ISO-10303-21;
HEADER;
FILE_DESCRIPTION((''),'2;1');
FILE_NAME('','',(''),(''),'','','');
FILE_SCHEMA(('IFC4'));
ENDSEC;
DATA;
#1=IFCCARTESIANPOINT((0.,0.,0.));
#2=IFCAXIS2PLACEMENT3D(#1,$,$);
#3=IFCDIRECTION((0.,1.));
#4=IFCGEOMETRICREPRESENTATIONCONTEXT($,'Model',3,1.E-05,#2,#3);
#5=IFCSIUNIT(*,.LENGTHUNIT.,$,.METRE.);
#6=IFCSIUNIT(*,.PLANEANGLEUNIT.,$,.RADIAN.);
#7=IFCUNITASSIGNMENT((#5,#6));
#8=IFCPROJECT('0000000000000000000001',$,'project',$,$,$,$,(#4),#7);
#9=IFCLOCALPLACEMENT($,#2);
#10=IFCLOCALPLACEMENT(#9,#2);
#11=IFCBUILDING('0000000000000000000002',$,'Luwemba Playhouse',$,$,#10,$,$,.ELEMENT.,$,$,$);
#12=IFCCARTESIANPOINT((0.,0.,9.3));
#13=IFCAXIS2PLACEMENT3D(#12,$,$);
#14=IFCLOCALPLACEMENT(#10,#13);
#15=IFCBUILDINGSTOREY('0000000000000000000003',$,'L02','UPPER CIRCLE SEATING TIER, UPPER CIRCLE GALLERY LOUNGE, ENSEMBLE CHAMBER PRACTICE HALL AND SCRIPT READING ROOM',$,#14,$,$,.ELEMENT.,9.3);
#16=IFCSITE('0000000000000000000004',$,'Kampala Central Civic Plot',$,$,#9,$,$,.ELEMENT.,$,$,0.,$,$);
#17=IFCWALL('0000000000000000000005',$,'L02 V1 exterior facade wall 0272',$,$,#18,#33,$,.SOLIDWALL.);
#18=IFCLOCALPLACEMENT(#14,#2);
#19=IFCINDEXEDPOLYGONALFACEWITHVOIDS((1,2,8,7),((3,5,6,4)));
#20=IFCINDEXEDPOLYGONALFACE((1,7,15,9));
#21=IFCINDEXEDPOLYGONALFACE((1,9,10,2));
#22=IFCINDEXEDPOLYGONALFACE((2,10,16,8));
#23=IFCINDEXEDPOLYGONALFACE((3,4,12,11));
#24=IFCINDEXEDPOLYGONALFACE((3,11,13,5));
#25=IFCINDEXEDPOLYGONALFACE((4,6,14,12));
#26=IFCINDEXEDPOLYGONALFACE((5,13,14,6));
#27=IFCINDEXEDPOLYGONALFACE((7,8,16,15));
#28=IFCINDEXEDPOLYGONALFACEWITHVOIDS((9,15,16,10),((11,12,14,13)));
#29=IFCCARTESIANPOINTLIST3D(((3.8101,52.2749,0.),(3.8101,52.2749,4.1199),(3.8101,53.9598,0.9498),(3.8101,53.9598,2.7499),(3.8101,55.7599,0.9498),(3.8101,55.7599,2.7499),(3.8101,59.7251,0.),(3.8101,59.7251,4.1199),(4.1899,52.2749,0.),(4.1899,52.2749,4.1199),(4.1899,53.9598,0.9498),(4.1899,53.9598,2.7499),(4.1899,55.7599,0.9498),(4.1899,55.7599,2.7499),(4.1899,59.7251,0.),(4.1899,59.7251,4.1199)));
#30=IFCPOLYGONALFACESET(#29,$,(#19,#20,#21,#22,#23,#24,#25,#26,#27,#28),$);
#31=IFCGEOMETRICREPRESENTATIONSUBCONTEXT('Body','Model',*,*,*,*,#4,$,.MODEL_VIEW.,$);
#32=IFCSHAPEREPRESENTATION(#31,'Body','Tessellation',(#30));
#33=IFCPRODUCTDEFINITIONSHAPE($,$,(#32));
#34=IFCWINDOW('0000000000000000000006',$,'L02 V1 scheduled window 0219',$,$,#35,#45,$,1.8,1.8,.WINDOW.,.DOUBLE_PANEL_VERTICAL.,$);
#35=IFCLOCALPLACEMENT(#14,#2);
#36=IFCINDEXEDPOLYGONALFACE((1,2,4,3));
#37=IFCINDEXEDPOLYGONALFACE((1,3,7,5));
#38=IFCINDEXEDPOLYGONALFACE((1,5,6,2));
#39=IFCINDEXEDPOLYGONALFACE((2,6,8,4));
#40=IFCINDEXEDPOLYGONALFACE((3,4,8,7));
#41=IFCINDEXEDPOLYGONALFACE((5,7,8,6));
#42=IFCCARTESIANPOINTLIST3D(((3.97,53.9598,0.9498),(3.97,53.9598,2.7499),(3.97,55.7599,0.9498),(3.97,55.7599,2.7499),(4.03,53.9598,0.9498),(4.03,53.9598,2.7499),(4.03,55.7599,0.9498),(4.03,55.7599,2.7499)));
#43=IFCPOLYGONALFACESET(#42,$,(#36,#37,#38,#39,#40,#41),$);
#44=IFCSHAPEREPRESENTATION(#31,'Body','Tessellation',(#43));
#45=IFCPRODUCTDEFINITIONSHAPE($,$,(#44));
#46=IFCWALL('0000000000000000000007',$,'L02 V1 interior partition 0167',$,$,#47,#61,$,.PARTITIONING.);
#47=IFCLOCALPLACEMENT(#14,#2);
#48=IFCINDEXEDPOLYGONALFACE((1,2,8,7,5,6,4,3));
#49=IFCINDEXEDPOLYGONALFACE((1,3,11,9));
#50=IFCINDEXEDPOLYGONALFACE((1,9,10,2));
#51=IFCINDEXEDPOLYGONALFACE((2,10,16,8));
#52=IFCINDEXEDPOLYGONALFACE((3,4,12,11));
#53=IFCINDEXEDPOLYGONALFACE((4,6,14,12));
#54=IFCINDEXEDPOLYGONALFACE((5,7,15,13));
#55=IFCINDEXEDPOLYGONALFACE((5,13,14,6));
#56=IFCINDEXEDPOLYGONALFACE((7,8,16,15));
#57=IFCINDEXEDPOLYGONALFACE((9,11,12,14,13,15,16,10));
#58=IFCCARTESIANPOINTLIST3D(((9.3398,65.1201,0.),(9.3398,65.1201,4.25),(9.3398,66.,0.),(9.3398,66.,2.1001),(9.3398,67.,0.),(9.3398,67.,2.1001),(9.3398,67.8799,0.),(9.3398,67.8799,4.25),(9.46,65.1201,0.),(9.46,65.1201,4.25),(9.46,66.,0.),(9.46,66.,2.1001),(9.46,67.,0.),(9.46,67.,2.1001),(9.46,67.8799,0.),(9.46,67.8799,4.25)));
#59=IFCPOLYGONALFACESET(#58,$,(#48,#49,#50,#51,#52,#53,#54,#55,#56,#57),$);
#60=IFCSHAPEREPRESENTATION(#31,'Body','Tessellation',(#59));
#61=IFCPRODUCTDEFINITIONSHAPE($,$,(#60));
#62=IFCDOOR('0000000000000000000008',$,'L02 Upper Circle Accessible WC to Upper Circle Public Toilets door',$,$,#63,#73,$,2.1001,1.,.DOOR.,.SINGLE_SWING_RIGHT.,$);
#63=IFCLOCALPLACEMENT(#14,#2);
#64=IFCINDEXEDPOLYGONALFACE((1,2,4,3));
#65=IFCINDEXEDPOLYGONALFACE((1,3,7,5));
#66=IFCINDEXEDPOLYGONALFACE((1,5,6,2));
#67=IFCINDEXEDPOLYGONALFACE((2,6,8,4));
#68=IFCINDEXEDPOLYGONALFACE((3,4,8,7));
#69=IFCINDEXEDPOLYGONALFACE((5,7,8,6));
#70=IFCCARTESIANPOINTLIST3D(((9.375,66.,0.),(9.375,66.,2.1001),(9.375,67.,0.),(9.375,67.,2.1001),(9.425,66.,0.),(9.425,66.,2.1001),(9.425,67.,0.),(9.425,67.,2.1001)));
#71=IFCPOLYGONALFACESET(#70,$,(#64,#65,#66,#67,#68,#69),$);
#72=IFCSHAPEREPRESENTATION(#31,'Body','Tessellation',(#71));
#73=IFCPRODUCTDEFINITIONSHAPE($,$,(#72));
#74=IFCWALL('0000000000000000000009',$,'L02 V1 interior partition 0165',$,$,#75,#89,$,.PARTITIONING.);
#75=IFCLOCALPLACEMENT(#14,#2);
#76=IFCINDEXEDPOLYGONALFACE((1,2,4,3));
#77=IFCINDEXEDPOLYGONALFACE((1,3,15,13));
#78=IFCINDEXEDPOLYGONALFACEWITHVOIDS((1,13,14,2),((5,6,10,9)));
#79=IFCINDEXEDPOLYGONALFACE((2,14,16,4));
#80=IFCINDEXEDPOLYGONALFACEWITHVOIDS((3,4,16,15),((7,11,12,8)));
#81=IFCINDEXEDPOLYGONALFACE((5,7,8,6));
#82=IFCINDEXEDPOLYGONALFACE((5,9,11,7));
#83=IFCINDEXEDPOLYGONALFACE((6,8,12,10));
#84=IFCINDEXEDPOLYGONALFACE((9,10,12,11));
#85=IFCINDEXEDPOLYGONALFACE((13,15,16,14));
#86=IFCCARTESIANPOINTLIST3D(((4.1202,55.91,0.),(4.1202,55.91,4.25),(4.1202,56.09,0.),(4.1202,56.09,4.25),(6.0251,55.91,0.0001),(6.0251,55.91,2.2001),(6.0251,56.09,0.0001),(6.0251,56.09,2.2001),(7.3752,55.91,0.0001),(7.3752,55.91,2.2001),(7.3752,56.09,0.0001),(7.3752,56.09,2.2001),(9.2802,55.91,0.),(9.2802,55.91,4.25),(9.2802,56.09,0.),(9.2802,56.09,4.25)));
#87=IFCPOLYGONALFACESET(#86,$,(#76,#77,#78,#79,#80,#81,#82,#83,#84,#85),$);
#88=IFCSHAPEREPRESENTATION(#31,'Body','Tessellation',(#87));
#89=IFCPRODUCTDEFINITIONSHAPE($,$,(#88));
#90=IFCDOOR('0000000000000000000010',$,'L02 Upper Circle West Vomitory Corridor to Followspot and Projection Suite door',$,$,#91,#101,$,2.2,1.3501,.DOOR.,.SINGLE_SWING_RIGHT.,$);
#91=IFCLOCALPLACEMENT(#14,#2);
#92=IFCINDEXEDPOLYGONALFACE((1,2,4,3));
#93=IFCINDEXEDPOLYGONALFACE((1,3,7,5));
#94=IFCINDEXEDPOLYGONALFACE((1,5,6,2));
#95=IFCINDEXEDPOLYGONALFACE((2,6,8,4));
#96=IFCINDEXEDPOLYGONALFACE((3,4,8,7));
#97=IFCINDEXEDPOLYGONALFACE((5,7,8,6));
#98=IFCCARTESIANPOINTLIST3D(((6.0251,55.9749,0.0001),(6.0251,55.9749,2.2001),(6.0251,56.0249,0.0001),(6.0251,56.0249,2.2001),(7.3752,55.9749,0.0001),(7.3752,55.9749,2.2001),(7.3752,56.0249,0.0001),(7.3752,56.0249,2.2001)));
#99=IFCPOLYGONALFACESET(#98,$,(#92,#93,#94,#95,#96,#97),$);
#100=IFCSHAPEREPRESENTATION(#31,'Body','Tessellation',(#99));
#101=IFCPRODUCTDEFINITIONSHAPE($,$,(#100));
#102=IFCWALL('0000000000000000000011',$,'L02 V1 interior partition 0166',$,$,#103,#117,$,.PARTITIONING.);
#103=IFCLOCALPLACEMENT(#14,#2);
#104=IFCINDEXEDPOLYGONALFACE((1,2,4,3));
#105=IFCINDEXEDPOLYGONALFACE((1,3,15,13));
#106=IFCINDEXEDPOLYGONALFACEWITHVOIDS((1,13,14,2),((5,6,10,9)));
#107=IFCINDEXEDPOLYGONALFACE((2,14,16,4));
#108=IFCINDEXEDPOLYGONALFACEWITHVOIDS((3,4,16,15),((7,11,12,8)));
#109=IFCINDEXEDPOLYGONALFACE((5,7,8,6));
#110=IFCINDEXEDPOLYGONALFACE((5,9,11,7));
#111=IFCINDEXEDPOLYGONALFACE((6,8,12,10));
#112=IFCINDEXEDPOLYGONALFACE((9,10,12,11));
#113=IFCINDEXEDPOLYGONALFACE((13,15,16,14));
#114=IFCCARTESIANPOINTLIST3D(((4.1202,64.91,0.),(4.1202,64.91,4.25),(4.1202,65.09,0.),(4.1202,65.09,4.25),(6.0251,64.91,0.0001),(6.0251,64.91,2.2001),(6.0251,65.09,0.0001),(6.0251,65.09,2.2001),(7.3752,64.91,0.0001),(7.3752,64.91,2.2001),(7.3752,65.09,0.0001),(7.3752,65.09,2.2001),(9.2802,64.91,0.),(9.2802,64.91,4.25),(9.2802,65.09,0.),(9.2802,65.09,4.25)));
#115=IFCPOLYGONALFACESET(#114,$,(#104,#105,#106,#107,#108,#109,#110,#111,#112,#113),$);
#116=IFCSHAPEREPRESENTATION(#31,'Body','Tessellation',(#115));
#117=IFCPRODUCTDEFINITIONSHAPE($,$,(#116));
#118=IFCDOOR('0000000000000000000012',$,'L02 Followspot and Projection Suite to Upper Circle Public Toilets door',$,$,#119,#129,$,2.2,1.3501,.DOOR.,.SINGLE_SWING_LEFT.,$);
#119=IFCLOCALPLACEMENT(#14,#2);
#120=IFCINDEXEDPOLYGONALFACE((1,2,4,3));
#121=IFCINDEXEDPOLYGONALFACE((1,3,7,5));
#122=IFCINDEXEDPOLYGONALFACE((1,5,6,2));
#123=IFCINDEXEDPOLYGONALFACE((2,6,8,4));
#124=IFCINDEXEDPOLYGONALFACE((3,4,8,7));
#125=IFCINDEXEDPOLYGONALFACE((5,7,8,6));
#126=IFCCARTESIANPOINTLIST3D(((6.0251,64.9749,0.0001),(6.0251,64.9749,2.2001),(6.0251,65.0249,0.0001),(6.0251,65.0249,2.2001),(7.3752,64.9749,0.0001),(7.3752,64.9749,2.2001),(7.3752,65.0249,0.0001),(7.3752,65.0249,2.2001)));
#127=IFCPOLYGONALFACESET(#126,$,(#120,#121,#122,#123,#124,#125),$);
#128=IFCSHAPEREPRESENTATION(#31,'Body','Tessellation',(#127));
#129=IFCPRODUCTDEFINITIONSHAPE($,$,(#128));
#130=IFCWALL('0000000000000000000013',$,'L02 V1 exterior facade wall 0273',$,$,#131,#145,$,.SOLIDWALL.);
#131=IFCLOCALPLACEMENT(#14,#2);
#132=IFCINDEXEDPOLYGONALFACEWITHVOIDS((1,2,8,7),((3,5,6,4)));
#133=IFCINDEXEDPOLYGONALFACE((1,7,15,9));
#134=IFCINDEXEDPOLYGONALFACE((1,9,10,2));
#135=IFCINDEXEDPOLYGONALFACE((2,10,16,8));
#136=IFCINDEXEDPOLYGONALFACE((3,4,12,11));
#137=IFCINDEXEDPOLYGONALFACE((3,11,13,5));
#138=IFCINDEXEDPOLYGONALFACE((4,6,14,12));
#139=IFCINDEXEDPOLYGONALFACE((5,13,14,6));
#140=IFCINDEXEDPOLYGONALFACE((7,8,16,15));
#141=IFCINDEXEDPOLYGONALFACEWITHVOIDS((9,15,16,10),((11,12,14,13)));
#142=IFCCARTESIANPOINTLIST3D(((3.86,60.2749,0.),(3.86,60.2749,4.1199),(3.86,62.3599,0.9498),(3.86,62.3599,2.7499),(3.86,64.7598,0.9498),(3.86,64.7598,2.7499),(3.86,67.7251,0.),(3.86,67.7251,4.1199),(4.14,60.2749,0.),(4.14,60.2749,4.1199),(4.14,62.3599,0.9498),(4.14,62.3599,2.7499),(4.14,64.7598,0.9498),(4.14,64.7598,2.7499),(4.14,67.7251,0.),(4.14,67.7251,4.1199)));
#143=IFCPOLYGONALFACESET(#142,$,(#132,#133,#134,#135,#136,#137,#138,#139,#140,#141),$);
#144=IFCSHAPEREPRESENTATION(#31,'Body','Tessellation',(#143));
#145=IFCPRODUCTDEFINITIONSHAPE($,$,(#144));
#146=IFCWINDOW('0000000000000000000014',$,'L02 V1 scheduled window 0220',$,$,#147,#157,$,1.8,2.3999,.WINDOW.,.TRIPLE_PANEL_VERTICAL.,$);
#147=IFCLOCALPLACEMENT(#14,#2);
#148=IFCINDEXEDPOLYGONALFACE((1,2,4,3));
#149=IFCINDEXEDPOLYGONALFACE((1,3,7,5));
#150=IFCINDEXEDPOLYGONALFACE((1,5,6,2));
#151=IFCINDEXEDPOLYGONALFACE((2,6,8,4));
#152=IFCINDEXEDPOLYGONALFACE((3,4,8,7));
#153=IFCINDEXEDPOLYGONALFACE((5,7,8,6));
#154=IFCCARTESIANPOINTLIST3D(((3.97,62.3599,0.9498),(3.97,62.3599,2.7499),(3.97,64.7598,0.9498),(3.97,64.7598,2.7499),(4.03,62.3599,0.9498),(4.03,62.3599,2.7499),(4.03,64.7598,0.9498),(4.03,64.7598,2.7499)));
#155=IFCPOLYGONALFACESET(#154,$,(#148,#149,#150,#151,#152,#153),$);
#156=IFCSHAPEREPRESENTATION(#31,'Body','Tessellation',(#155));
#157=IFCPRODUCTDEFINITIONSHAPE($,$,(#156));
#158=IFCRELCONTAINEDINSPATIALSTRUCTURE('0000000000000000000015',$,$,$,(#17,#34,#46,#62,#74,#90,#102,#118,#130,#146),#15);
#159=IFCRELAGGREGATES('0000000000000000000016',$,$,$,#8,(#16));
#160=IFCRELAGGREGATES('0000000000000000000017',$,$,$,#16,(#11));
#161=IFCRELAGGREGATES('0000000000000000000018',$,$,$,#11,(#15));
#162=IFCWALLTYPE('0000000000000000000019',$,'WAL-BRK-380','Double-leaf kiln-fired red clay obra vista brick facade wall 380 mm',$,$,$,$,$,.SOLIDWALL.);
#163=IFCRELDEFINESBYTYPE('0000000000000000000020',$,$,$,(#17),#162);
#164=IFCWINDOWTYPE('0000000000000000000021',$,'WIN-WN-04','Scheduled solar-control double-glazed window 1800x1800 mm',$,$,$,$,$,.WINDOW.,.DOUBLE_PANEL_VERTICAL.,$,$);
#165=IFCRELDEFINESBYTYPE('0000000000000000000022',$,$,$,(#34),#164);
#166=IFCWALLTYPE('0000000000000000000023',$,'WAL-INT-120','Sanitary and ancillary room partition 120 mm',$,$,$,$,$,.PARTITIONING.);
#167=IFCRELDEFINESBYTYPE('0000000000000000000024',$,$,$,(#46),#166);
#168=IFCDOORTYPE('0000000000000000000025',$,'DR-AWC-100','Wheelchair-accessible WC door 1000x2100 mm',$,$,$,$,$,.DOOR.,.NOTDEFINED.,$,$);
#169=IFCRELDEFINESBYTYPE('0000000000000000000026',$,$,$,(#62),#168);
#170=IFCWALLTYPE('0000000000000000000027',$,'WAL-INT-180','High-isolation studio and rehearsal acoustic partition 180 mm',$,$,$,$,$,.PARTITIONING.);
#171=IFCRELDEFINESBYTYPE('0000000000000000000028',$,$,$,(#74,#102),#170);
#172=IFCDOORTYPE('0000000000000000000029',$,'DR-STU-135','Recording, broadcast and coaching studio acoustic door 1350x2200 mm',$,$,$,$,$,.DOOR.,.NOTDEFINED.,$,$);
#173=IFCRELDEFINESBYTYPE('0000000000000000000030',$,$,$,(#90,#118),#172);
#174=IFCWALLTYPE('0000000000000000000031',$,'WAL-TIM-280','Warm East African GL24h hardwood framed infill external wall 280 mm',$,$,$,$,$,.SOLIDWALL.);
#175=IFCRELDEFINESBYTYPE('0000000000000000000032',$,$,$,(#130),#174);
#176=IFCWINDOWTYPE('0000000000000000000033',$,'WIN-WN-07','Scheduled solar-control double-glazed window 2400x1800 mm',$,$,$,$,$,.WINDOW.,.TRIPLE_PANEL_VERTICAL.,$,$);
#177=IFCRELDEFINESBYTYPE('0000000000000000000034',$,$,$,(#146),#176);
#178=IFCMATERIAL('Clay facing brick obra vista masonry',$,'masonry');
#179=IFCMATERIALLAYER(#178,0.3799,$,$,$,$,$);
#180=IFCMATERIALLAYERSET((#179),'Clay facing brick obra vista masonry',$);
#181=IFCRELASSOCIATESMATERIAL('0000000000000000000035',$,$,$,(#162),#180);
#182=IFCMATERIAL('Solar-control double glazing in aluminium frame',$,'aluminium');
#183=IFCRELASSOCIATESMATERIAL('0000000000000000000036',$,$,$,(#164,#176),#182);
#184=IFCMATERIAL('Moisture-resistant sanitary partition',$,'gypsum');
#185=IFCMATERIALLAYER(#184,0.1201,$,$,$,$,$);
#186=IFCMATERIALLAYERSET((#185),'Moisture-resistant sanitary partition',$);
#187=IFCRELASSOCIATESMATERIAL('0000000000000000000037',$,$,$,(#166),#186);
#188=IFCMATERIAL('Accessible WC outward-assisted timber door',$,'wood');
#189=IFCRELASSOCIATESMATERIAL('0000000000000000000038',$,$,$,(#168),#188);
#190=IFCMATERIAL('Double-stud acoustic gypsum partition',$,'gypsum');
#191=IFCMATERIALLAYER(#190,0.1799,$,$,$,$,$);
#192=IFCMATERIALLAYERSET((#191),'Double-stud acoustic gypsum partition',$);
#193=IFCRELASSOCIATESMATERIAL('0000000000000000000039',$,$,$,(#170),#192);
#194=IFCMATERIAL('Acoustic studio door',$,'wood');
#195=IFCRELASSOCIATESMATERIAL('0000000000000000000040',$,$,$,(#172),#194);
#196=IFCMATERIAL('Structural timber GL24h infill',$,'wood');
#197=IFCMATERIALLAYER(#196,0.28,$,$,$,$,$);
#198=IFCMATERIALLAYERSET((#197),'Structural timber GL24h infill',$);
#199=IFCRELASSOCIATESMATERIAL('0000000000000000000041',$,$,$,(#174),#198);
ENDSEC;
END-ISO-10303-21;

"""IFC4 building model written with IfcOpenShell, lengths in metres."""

from ifc_helpers import new_model, si_unit, direction, frame, frame_2d, origin, place, context, subcontext, project, spatial, rectangle, extrude, material, layer, layer_set, type_object, element, fill, save


model = new_model("IFC4")

# Units and contexts
model_context = context("Model", 3, precision=1e-05, world=origin(), true_north=direction((0.0, 1.0)))
body_context = subcontext(model_context, "Body", "Model", "MODEL_VIEW")
ifc_project = project(units=[si_unit("LENGTHUNIT", "METRE"), si_unit("PLANEANGLEUNIT", "RADIAN")], contexts=[model_context])

# Site, building, storey
site_placement = place(None, origin())
site = spatial("IfcSite", under=ifc_project, at=site_placement, Name="Kampala Central Civic Plot", CompositionType="ELEMENT", RefElevation=0.0)
building_placement = place(site_placement, origin())
building = spatial("IfcBuilding", under=site, at=building_placement, Name="Luwemba Playhouse", CompositionType="ELEMENT")
storey_placement = place(building_placement, frame((0.0, 0.0, 9.3)))
storey = spatial("IfcBuildingStorey", under=building, at=storey_placement, Name="L02", Description="UPPER CIRCLE SEATING TIER, UPPER CIRCLE GALLERY LOUNGE, ENSEMBLE CHAMBER PRACTICE HALL AND SCRIPT READING ROOM", CompositionType="ELEMENT", Elevation=9.3)

# Wall, opening, window
ifc_material_1 = material(Name="Clay facing brick obra vista masonry", Category="masonry")
ifc_layer_1 = layer(ifc_material_1, 0.3799)
ifc_layer_set_1 = layer_set([ifc_layer_1], Name="Clay facing brick obra vista masonry")
wall_type_1 = type_object("IfcWallType", Name="WAL-BRK-380", Description="Double-leaf kiln-fired red clay obra vista brick facade wall 380 mm", PredefinedType="SOLIDWALL", material=ifc_layer_set_1)
wall_1_placement = place(storey_placement, frame((4.0, 52.2749, 0.0), z_axis=(0.0, 0.0, 1.0), x_axis=(0.0, 1.0, 0.0)))
wall_1 = element("IfcWall", 1, at=wall_1_placement, inside=storey, type_object=wall_type_1, Name="L02 V1 exterior facade wall 0272", PredefinedType="SOLIDWALL", context=body_context, shape_type="SweptSolid", body=[
    extrude(rectangle(XDim=7.4502, YDim=0.3799, at=frame_2d((3.7251, 0.0))), origin(), (0.0, 0.0, 1.0), 4.1199),
])
opening_1_placement = place(wall_1_placement, frame((1.6851, 0.0, 0.95)))
opening_1 = element("IfcOpeningElement", 2, at=opening_1_placement, cuts=wall_1, PredefinedType="OPENING", context=body_context, shape_type="SweptSolid", body=[
    extrude(rectangle(XDim=1.8, YDim=1.8, at=frame_2d((0.8999, 0.8999))), frame((0.0, 0.2, 0.0), z_axis=(0.0, -1.0, 0.0), x_axis=(1.0, 0.0, 0.0)), (0.0, 0.0, 1.0), 0.3999),
])
ifc_material_2 = material(Name="Solar-control double glazing in aluminium frame", Category="aluminium")
window_type_1 = type_object("IfcWindowType", Name="WIN-WN-04", Description="Scheduled solar-control double-glazed window 1800x1800 mm", PartitioningType="DOUBLE_PANEL_VERTICAL", PredefinedType="WINDOW", material=ifc_material_2)
window_1_placement = place(opening_1_placement, origin())
window_1 = element("IfcWindow", 3, at=window_1_placement, inside=storey, type_object=window_type_1, Name="L02 V1 scheduled window 0219", OverallHeight=1.8, OverallWidth=1.8, PartitioningType="DOUBLE_PANEL_VERTICAL", PredefinedType="WINDOW", context=body_context, shape_type="SweptSolid", body=[
    extrude(rectangle(XDim=1.8, YDim=1.8, at=frame_2d((0.8999, 0.8999))), frame((0.0, 0.03, 0.0), z_axis=(0.0, -1.0, 0.0), x_axis=(1.0, 0.0, 0.0)), (0.0, 0.0, 1.0), 0.0601),
])
fill(opening_1, window_1)

# Walls, openings, doors
ifc_material_3 = material(Name="Moisture-resistant sanitary partition", Category="gypsum")
ifc_layer_2 = layer(ifc_material_3, 0.1201)
ifc_layer_set_2 = layer_set([ifc_layer_2], Name="Moisture-resistant sanitary partition")
wall_type_2 = type_object("IfcWallType", Name="WAL-INT-120", Description="Sanitary and ancillary room partition 120 mm", PredefinedType="PARTITIONING", material=ifc_layer_set_2)
wall_2_placement = place(storey_placement, frame((9.3999, 65.1201, 0.0), z_axis=(0.0, 0.0, 1.0), x_axis=(0.0, 1.0, 0.0)))
wall_2 = element("IfcWall", 4, at=wall_2_placement, inside=storey, type_object=wall_type_2, Name="L02 V1 interior partition 0167", PredefinedType="PARTITIONING", context=body_context, shape_type="SweptSolid", body=[
    extrude(rectangle(XDim=2.7598, YDim=0.1201, at=frame_2d((1.3799, 0.0))), origin(), (0.0, 0.0, 1.0), 4.25),
])
opening_2_placement = place(wall_2_placement, frame((0.8799, 0.0, 0.0)))
opening_2 = element("IfcOpeningElement", 5, at=opening_2_placement, cuts=wall_2, PredefinedType="OPENING", context=body_context, shape_type="SweptSolid", body=[
    extrude(rectangle(XDim=1.0, YDim=2.1001, at=frame_2d((0.5, 1.05))), frame((0.0, 0.0701, 0.0), z_axis=(0.0, -1.0, 0.0), x_axis=(1.0, 0.0, 0.0)), (0.0, 0.0, 1.0), 0.1401),
])
ifc_material_4 = material(Name="Accessible WC outward-assisted timber door", Category="wood")
door_type_1 = type_object("IfcDoorType", Name="DR-AWC-100", Description="Wheelchair-accessible WC door 1000x2100 mm", OperationType="NOTDEFINED", PredefinedType="DOOR", material=ifc_material_4)
door_1_placement = place(opening_2_placement, origin())
door_1 = element("IfcDoor", 6, at=door_1_placement, inside=storey, type_object=door_type_1, Name="L02 Upper Circle Accessible WC to Upper Circle Public Toilets door", OperationType="SINGLE_SWING_RIGHT", OverallHeight=2.1001, OverallWidth=1.0, PredefinedType="DOOR", context=body_context, shape_type="SweptSolid", body=[
    extrude(rectangle(XDim=1.0, YDim=2.1001, at=frame_2d((0.5, 1.05))), frame((0.0, 0.0249, 0.0), z_axis=(0.0, -1.0, 0.0), x_axis=(1.0, 0.0, 0.0)), (0.0, 0.0, 1.0), 0.05),
])
fill(opening_2, door_1)
ifc_material_5 = material(Name="Double-stud acoustic gypsum partition", Category="gypsum")
ifc_layer_3 = layer(ifc_material_5, 0.1799)
ifc_layer_set_3 = layer_set([ifc_layer_3], Name="Double-stud acoustic gypsum partition")
wall_type_3 = type_object("IfcWallType", Name="WAL-INT-180", Description="High-isolation studio and rehearsal acoustic partition 180 mm", PredefinedType="PARTITIONING", material=ifc_layer_set_3)
wall_3_placement = place(storey_placement, frame((4.1201, 56.0, 0.0), z_axis=(0.0, 0.0, 1.0), x_axis=(1.0, 0.0, 0.0)))
wall_3 = element("IfcWall", 7, at=wall_3_placement, inside=storey, type_object=wall_type_3, Name="L02 V1 interior partition 0165", PredefinedType="PARTITIONING", context=body_context, shape_type="SweptSolid", body=[
    extrude(rectangle(XDim=5.1599, YDim=0.1799, at=frame_2d((2.5801, 0.0))), origin(), (0.0, 0.0, 1.0), 4.25),
])
opening_3_placement = place(wall_3_placement, frame((1.905, 0.0, 0.0)))
opening_3 = element("IfcOpeningElement", 8, at=opening_3_placement, cuts=wall_3, PredefinedType="OPENING", context=body_context, shape_type="SweptSolid", body=[
    extrude(rectangle(XDim=1.3501, YDim=2.2, at=frame_2d((0.675, 1.1001))), frame((0.0, 0.0999, 0.0), z_axis=(0.0, -1.0, 0.0), x_axis=(1.0, 0.0, 0.0)), (0.0, 0.0, 1.0), 0.2),
])
ifc_material_6 = material(Name="Acoustic studio door", Category="wood")
door_type_2 = type_object("IfcDoorType", Name="DR-STU-135", Description="Recording, broadcast and coaching studio acoustic door 1350x2200 mm", OperationType="NOTDEFINED", PredefinedType="DOOR", material=ifc_material_6)
door_2_placement = place(opening_3_placement, origin())
door_2 = element("IfcDoor", 9, at=door_2_placement, inside=storey, type_object=door_type_2, Name="L02 Upper Circle West Vomitory Corridor to Followspot and Projection Suite door", OperationType="SINGLE_SWING_RIGHT", OverallHeight=2.2, OverallWidth=1.3501, PredefinedType="DOOR", context=body_context, shape_type="SweptSolid", body=[
    extrude(rectangle(XDim=1.3501, YDim=2.2, at=frame_2d((0.675, 1.1001))), frame((0.0, 0.0249, 0.0), z_axis=(0.0, -1.0, 0.0), x_axis=(1.0, 0.0, 0.0)), (0.0, 0.0, 1.0), 0.05),
])
fill(opening_3, door_2)
wall_4_placement = place(storey_placement, frame((4.1201, 65.0, 0.0), z_axis=(0.0, 0.0, 1.0), x_axis=(1.0, 0.0, 0.0)))
wall_4 = element("IfcWall", 10, at=wall_4_placement, inside=storey, type_object=wall_type_3, Name="L02 V1 interior partition 0166", PredefinedType="PARTITIONING", context=body_context, shape_type="SweptSolid", body=[
    extrude(rectangle(XDim=5.1599, YDim=0.1799, at=frame_2d((2.5801, 0.0))), origin(), (0.0, 0.0, 1.0), 4.25),
])
opening_4_placement = place(wall_4_placement, frame((1.905, 0.0, 0.0)))
opening_4 = element("IfcOpeningElement", 11, at=opening_4_placement, cuts=wall_4, PredefinedType="OPENING", context=body_context, shape_type="SweptSolid", body=[
    extrude(rectangle(XDim=1.3501, YDim=2.2, at=frame_2d((0.675, 1.1001))), frame((0.0, 0.0999, 0.0), z_axis=(0.0, -1.0, 0.0), x_axis=(1.0, 0.0, 0.0)), (0.0, 0.0, 1.0), 0.2),
])
door_3_placement = place(opening_4_placement, origin())
door_3 = element("IfcDoor", 12, at=door_3_placement, inside=storey, type_object=door_type_2, Name="L02 Followspot and Projection Suite to Upper Circle Public Toilets door", OperationType="SINGLE_SWING_LEFT", OverallHeight=2.2, OverallWidth=1.3501, PredefinedType="DOOR", context=body_context, shape_type="SweptSolid", body=[
    extrude(rectangle(XDim=1.3501, YDim=2.2, at=frame_2d((0.675, 1.1001))), frame((0.0, 0.0249, 0.0), z_axis=(0.0, -1.0, 0.0), x_axis=(1.0, 0.0, 0.0)), (0.0, 0.0, 1.0), 0.05),
])
fill(opening_4, door_3)

# Wall, opening, window
ifc_material_7 = material(Name="Structural timber GL24h infill", Category="wood")
ifc_layer_4 = layer(ifc_material_7, 0.28)
ifc_layer_set_4 = layer_set([ifc_layer_4], Name="Structural timber GL24h infill")
wall_type_4 = type_object("IfcWallType", Name="WAL-TIM-280", Description="Warm East African GL24h hardwood framed infill external wall 280 mm", PredefinedType="SOLIDWALL", material=ifc_layer_set_4)
wall_5_placement = place(storey_placement, frame((4.0, 60.2749, 0.0), z_axis=(0.0, 0.0, 1.0), x_axis=(0.0, 1.0, 0.0)))
wall_5 = element("IfcWall", 13, at=wall_5_placement, inside=storey, type_object=wall_type_4, Name="L02 V1 exterior facade wall 0273", PredefinedType="SOLIDWALL", context=body_context, shape_type="SweptSolid", body=[
    extrude(rectangle(XDim=7.4502, YDim=0.28, at=frame_2d((3.7251, 0.0))), origin(), (0.0, 0.0, 1.0), 4.1199),
])
opening_5_placement = place(wall_5_placement, frame((2.085, 0.0, 0.95)))
opening_5 = element("IfcOpeningElement", 14, at=opening_5_placement, cuts=wall_5, PredefinedType="OPENING", context=body_context, shape_type="SweptSolid", body=[
    extrude(rectangle(XDim=2.3999, YDim=1.8, at=frame_2d((1.2, 0.8999))), frame((0.0, 0.1499, 0.0), z_axis=(0.0, -1.0, 0.0), x_axis=(1.0, 0.0, 0.0)), (0.0, 0.0, 1.0), 0.3),
])
window_type_2 = type_object("IfcWindowType", Name="WIN-WN-07", Description="Scheduled solar-control double-glazed window 2400x1800 mm", PartitioningType="TRIPLE_PANEL_VERTICAL", PredefinedType="WINDOW", material=ifc_material_2)
window_2_placement = place(opening_5_placement, origin())
window_2 = element("IfcWindow", 15, at=window_2_placement, inside=storey, type_object=window_type_2, Name="L02 V1 scheduled window 0220", OverallHeight=1.8, OverallWidth=2.3999, PartitioningType="TRIPLE_PANEL_VERTICAL", PredefinedType="WINDOW", context=body_context, shape_type="SweptSolid", body=[
    extrude(rectangle(XDim=2.3999, YDim=1.8, at=frame_2d((1.2, 0.8999))), frame((0.0, 0.03, 0.0), z_axis=(0.0, -1.0, 0.0), x_axis=(1.0, 0.0, 0.0)), (0.0, 0.0, 1.0), 0.0601),
])
fill(opening_5, window_2)

save(model, "model.ifc")
